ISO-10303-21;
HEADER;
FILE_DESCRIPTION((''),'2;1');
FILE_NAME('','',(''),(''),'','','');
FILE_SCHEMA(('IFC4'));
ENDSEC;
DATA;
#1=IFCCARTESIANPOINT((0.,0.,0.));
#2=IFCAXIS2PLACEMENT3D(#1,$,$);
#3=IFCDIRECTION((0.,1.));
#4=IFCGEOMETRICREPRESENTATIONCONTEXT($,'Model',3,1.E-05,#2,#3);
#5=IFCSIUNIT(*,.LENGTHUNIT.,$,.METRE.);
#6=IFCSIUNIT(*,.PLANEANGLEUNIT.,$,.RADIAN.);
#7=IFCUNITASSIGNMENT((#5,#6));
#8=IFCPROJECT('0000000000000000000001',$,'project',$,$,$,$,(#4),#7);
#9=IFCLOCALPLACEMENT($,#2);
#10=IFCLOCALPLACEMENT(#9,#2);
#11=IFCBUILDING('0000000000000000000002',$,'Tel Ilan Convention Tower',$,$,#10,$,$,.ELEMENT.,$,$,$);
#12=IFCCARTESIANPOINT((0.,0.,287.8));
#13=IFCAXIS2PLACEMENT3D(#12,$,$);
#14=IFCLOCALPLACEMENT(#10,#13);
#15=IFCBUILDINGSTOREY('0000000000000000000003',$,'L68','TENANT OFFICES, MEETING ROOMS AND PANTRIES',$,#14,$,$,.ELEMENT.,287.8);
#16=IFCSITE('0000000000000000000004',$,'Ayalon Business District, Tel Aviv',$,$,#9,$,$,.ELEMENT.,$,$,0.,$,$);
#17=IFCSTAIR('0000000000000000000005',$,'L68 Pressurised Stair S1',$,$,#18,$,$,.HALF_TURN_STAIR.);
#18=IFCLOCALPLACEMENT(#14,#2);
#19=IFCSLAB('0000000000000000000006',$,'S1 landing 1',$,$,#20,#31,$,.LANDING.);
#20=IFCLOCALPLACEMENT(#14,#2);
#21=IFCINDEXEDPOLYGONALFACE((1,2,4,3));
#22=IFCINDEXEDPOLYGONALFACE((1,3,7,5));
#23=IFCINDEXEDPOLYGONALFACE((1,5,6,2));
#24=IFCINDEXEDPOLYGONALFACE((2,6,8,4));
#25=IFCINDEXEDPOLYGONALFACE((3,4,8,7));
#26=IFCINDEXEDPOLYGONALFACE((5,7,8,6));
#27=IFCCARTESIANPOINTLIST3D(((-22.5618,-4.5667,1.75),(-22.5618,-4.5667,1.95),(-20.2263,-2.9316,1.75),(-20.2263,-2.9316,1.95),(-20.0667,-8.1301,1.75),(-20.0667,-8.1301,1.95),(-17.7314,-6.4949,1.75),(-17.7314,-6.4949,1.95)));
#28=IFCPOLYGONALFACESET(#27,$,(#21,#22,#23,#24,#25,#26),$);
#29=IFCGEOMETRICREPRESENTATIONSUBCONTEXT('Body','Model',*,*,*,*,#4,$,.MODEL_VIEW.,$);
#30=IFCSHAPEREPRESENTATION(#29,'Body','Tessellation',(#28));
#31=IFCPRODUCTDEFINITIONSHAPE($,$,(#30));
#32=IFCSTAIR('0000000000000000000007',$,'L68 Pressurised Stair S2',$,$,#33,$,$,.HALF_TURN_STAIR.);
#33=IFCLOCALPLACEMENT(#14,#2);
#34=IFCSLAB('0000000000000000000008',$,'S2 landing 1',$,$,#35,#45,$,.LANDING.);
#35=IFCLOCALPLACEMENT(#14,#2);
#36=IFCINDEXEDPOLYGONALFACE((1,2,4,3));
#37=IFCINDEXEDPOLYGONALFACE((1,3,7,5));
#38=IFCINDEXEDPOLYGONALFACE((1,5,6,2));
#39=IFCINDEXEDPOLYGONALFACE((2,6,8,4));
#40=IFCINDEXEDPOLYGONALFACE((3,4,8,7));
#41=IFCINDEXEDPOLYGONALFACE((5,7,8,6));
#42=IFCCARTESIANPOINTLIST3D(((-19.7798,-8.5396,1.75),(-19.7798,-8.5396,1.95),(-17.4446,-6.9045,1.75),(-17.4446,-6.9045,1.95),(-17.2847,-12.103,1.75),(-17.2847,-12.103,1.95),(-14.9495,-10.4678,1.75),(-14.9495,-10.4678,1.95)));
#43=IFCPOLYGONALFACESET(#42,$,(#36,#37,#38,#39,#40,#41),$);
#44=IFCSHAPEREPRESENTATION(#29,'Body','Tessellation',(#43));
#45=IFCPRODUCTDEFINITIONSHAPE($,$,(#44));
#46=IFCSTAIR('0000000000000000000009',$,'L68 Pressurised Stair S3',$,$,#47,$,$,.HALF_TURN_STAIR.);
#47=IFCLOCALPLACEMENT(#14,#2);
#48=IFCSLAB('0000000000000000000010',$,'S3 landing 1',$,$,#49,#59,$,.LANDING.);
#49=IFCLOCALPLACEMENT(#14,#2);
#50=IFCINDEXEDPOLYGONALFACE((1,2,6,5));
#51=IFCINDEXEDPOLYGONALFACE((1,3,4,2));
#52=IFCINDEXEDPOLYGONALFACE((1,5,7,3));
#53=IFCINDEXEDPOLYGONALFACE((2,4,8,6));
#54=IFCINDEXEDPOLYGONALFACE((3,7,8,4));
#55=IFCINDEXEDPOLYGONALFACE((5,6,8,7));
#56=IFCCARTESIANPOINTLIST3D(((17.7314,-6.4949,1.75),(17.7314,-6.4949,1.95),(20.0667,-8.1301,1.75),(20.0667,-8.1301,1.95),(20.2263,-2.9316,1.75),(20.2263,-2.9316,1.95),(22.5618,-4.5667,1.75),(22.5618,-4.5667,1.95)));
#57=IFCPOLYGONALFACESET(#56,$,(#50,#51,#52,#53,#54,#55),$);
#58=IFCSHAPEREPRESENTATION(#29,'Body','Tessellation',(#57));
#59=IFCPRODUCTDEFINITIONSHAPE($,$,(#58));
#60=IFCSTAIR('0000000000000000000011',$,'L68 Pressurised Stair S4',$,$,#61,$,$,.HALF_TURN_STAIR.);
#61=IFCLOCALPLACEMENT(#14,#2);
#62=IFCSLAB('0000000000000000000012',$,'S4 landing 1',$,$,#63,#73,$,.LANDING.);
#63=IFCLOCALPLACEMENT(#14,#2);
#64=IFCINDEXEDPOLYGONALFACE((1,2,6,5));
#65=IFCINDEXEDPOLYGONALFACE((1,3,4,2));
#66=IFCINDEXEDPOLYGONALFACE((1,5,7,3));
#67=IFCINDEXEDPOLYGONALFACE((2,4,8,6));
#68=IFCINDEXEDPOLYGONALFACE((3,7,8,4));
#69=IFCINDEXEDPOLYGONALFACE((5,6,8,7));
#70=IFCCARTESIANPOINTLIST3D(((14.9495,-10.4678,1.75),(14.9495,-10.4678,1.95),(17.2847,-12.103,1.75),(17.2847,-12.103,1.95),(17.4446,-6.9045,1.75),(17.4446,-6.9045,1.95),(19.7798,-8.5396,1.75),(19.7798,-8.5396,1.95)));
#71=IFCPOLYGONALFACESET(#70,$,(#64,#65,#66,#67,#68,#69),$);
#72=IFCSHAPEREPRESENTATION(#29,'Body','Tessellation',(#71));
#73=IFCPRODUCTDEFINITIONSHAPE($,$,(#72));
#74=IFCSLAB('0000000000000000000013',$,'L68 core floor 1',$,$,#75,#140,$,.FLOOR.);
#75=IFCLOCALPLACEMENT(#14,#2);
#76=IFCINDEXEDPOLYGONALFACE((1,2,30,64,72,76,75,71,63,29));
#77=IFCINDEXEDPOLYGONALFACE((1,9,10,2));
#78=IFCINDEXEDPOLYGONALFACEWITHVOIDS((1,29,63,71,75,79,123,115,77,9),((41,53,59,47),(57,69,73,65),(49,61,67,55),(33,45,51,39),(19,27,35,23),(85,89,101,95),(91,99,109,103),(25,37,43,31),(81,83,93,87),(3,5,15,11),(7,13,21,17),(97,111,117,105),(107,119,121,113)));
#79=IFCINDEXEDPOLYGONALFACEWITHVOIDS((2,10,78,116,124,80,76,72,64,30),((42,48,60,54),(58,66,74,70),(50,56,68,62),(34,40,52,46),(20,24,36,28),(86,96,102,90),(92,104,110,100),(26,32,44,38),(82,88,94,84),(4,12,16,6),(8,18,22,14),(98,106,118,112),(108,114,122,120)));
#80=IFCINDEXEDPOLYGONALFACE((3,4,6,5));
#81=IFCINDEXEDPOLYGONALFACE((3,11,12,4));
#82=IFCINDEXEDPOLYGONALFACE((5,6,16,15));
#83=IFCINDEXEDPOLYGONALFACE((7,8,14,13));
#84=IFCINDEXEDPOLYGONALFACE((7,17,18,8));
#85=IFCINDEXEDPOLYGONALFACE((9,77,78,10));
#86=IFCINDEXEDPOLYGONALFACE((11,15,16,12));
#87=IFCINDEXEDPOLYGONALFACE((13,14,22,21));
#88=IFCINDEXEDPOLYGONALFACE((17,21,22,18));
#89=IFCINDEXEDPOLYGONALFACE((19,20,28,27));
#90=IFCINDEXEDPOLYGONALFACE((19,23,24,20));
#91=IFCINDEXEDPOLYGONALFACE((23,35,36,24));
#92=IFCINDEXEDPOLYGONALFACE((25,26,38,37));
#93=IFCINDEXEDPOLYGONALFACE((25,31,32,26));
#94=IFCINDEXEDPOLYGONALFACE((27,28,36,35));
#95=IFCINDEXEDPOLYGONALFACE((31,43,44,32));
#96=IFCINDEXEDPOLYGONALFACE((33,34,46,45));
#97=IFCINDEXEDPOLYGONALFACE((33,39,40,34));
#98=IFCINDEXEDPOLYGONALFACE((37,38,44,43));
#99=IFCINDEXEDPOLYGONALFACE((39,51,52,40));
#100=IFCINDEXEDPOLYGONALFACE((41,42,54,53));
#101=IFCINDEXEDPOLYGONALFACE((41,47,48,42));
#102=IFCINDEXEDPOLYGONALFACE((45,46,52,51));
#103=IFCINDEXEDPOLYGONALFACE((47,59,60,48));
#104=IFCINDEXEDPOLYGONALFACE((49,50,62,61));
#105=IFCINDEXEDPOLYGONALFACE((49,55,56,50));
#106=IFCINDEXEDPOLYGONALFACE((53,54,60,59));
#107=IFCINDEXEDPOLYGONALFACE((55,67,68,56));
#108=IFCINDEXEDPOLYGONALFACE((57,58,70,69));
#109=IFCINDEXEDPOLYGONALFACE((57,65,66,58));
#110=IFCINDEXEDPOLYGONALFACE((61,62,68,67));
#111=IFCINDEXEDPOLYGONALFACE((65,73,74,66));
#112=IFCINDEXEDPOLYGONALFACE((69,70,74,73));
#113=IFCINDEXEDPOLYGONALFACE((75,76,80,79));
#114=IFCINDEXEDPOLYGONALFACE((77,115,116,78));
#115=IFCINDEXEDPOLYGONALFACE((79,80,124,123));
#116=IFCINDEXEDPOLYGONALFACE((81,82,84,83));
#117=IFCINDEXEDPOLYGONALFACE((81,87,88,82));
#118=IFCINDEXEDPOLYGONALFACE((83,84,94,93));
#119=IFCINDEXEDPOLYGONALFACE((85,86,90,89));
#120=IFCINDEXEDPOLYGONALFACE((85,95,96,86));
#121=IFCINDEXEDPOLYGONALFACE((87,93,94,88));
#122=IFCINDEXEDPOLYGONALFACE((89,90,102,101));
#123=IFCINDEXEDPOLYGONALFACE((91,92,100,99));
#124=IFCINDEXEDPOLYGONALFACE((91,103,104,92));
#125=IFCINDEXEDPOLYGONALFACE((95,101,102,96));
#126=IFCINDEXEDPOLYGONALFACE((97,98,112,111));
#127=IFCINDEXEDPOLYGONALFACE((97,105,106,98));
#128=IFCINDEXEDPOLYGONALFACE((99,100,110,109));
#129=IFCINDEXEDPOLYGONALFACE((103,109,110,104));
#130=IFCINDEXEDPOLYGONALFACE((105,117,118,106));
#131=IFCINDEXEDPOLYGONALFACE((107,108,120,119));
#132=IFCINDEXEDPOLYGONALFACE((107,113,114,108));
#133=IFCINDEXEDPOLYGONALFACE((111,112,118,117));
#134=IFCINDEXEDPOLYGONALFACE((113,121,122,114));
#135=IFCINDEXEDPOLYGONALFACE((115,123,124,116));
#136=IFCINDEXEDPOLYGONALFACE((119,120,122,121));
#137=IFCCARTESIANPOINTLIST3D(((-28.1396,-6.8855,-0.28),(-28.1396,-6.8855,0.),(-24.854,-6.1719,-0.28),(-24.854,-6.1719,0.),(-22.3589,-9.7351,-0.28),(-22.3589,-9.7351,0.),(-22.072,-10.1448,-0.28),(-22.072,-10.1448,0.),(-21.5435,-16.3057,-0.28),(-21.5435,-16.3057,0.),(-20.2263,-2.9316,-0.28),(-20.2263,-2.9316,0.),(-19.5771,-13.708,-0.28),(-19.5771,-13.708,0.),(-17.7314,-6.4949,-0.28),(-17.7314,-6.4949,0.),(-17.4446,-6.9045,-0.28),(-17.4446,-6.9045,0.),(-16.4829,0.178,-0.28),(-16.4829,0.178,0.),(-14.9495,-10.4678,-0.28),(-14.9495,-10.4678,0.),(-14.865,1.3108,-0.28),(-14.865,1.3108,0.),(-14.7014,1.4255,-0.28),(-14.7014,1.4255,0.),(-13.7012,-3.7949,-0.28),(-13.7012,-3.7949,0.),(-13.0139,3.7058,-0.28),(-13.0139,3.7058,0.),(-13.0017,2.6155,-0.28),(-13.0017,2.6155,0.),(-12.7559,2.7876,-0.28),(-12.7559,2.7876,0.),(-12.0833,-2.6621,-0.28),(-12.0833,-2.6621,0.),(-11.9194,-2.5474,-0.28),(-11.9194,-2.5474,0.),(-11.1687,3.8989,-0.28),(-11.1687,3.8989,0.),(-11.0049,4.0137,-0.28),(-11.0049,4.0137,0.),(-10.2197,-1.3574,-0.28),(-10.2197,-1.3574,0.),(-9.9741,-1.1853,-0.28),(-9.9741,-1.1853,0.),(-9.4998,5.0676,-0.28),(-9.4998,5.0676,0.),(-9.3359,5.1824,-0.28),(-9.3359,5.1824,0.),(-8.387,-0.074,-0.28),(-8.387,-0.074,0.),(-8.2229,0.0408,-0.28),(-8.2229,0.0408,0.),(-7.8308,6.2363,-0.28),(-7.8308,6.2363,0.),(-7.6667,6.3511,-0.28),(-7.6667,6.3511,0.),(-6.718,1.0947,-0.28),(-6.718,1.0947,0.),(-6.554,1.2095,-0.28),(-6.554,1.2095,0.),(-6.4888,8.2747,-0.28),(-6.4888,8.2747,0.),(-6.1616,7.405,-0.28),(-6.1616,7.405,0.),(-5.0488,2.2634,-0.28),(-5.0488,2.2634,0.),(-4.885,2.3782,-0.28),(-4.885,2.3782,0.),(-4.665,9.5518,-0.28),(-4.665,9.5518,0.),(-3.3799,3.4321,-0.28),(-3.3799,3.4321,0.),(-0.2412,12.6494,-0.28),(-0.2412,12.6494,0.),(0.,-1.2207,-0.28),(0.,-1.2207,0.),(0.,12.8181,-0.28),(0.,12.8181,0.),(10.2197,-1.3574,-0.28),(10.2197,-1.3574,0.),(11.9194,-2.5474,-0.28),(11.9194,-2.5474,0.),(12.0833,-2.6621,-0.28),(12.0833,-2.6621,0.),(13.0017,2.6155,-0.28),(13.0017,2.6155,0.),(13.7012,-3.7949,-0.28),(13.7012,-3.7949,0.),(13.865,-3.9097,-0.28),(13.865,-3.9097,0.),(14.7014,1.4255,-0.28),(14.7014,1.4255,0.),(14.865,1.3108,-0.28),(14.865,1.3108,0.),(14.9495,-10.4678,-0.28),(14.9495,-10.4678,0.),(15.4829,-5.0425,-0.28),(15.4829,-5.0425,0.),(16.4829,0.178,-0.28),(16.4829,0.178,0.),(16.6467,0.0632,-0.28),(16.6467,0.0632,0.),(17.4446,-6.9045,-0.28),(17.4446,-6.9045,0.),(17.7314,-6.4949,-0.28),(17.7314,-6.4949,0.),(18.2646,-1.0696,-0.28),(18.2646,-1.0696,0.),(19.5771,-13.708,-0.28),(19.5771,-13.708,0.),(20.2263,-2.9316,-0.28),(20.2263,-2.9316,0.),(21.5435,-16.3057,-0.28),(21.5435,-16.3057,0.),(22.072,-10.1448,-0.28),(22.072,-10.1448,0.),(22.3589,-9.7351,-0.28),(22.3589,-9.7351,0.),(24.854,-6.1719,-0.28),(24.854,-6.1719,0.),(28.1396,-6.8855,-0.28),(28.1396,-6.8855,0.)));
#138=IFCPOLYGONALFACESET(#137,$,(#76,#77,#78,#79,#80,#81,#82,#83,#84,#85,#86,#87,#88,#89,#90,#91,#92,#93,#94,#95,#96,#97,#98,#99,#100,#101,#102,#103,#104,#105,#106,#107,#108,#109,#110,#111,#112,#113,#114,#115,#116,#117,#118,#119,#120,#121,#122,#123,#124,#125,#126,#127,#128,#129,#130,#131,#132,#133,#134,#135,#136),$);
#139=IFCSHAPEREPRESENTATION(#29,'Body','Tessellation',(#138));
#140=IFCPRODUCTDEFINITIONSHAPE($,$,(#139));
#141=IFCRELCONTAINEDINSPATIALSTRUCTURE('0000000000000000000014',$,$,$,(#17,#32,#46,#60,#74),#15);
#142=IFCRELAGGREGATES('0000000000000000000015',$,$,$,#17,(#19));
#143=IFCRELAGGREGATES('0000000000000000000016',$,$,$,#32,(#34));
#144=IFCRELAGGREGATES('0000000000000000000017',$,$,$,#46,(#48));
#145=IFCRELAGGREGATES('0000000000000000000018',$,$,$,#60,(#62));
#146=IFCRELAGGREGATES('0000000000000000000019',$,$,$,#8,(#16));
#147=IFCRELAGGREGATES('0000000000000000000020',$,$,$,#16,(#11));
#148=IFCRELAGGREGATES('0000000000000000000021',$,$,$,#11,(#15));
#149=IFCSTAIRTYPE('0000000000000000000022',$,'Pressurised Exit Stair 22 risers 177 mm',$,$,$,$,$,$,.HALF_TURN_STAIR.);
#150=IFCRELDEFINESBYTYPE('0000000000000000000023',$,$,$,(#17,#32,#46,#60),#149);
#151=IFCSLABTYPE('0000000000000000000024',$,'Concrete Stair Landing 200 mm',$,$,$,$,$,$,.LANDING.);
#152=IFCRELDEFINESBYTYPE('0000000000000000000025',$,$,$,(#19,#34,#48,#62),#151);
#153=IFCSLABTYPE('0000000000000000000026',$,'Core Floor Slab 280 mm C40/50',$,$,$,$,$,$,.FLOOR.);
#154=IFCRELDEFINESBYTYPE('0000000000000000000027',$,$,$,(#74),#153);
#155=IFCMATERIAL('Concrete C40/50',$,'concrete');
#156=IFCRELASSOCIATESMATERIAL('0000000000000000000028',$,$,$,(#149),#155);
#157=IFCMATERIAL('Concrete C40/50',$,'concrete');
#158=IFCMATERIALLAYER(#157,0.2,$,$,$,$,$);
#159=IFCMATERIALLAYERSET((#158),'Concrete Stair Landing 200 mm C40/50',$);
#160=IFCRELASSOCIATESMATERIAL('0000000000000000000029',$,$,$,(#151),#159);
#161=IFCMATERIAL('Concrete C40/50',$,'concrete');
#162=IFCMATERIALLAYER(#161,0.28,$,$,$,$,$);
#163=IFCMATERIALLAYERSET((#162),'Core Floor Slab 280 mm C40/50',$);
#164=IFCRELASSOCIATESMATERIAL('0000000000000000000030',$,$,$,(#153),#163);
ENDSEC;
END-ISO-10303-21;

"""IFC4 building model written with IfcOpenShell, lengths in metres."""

from ifc_helpers import new_model, si_unit, direction, frame, origin, place, context, subcontext, project, spatial, polyline, outline, extrude, material, layer, layer_set, type_object, element, aggregate, save


model = new_model("IFC4")

# Units and contexts
model_context = context("Model", 3, precision=1e-05, world=origin(), true_north=direction((0.0, 1.0)))
body_context = subcontext(model_context, "Body", "Model", "MODEL_VIEW")
ifc_project = project(units=[si_unit("LENGTHUNIT", "METRE"), si_unit("PLANEANGLEUNIT", "RADIAN")], contexts=[model_context])

# Site, building, storey
site_placement = place(None, origin())
site = spatial("IfcSite", under=ifc_project, at=site_placement, Name="Ayalon Business District, Tel Aviv", CompositionType="ELEMENT", RefElevation=0.0)
building_placement = place(site_placement, origin())
building = spatial("IfcBuilding", under=site, at=building_placement, Name="Tel Ilan Convention Tower", CompositionType="ELEMENT")
storey_placement = place(building_placement, frame((0.0, 0.0, 287.8)))
storey = spatial("IfcBuildingStorey", under=building, at=storey_placement, Name="L68", Description="TENANT OFFICES, MEETING ROOMS AND PANTRIES", CompositionType="ELEMENT", Elevation=287.8)

# Stairs, slabs
ifc_material_1 = material(Name="Concrete C40/50", Category="concrete")
stair_type = type_object("IfcStairType", Name="Pressurised Exit Stair 22 risers 177 mm", PredefinedType="HALF_TURN_STAIR", material=ifc_material_1)
stair_1_placement = place(storey_placement, origin())
stair_1 = element("IfcStair", 1, at=stair_1_placement, inside=storey, type_object=stair_type, Name="L68 Pressurised Stair S1", PredefinedType="HALF_TURN_STAIR")
ifc_material_2 = material(Name="Concrete C40/50", Category="concrete")
ifc_layer_1 = layer(ifc_material_2, 0.2)
ifc_layer_set_1 = layer_set([ifc_layer_1], Name="Concrete Stair Landing 200 mm C40/50")
slab_type_1 = type_object("IfcSlabType", Name="Concrete Stair Landing 200 mm", PredefinedType="LANDING", material=ifc_layer_set_1)
slab_1_placement = place(storey_placement, frame((0.0, 0.0, 1.75)))
slab_1 = element("IfcSlab", 2, at=slab_1_placement, type_object=slab_type_1, Name="S1 landing 1", PredefinedType="LANDING", context=body_context, shape_type="SweptSolid", body=[
    extrude(outline(polyline([(-20.0667, -8.1301), (-17.7314, -6.4949), (-20.2263, -2.9316), (-22.5618, -4.5667), (-20.0667, -8.1301)])), origin(), (0.0, 0.0, 1.0), 0.2),
])
aggregate(stair_1, [slab_1])
stair_2_placement = place(storey_placement, origin())
stair_2 = element("IfcStair", 3, at=stair_2_placement, inside=storey, type_object=stair_type, Name="L68 Pressurised Stair S2", PredefinedType="HALF_TURN_STAIR")
slab_2_placement = place(storey_placement, frame((0.0, 0.0, 1.75)))
slab_2 = element("IfcSlab", 4, at=slab_2_placement, type_object=slab_type_1, Name="S2 landing 1", PredefinedType="LANDING", context=body_context, shape_type="SweptSolid", body=[
    extrude(outline(polyline([(-17.2847, -12.103), (-14.9495, -10.4678), (-17.4446, -6.9045), (-19.7798, -8.5396), (-17.2847, -12.103)])), origin(), (0.0, 0.0, 1.0), 0.2),
])
aggregate(stair_2, [slab_2])
stair_3_placement = place(storey_placement, origin())
stair_3 = element("IfcStair", 5, at=stair_3_placement, inside=storey, type_object=stair_type, Name="L68 Pressurised Stair S3", PredefinedType="HALF_TURN_STAIR")
slab_3_placement = place(storey_placement, frame((0.0, 0.0, 1.75)))
slab_3 = element("IfcSlab", 6, at=slab_3_placement, type_object=slab_type_1, Name="S3 landing 1", PredefinedType="LANDING", context=body_context, shape_type="SweptSolid", body=[
    extrude(outline(polyline([(22.5618, -4.5667), (20.2263, -2.9316), (17.7314, -6.4949), (20.0667, -8.1301), (22.5618, -4.5667)])), origin(), (0.0, 0.0, 1.0), 0.2),
])
aggregate(stair_3, [slab_3])
stair_4_placement = place(storey_placement, origin())
stair_4 = element("IfcStair", 7, at=stair_4_placement, inside=storey, type_object=stair_type, Name="L68 Pressurised Stair S4", PredefinedType="HALF_TURN_STAIR")
slab_4_placement = place(storey_placement, frame((0.0, 0.0, 1.75)))
slab_4 = element("IfcSlab", 8, at=slab_4_placement, type_object=slab_type_1, Name="S4 landing 1", PredefinedType="LANDING", context=body_context, shape_type="SweptSolid", body=[
    extrude(outline(polyline([(19.7798, -8.5396), (17.4446, -6.9045), (14.9495, -10.4678), (17.2847, -12.103), (19.7798, -8.5396)])), origin(), (0.0, 0.0, 1.0), 0.2),
])
aggregate(stair_4, [slab_4])

# Slab
ifc_material_3 = material(Name="Concrete C40/50", Category="concrete")
ifc_layer_2 = layer(ifc_material_3, 0.28)
ifc_layer_set_2 = layer_set([ifc_layer_2], Name="Core Floor Slab 280 mm C40/50")
slab_type_2 = type_object("IfcSlabType", Name="Core Floor Slab 280 mm C40/50", PredefinedType="FLOOR", material=ifc_layer_set_2)
slab_5_placement = place(storey_placement, frame((0.0, 0.0, -0.28)))
element("IfcSlab", 9, at=slab_5_placement, inside=storey, type_object=slab_type_2, Name="L68 core floor 1", PredefinedType="FLOOR", context=body_context, shape_type="SweptSolid", body=[
    extrude(outline(polyline([(0.0, 12.8181), (28.1396, -6.8855), (21.5435, -16.3057), (0.0, -1.2207), (-21.5435, -16.3057), (-28.1396, -6.8855), (-13.0139, 3.7058), (-6.4888, 8.2747), (-4.665, 9.5518), (-0.2412, 12.6494), (0.0, 12.8181)]), holes=[polyline([(-17.4446, -6.9045), (-22.072, -10.1448), (-19.5771, -13.708), (-14.9495, -10.4678), (-17.4446, -6.9045)]), polyline([(-17.7314, -6.4949), (-20.2263, -2.9316), (-24.854, -6.1719), (-22.3589, -9.7351), (-17.7314, -6.4949)]), polyline([(-14.865, 1.3108), (-16.4829, 0.178), (-13.7012, -3.7949), (-12.0833, -2.6621), (-14.865, 1.3108)]), polyline([(-14.7014, 1.4255), (-11.9194, -2.5474), (-10.2197, -1.3574), (-13.0017, 2.6155), (-14.7014, 1.4255)]), polyline([(-11.1687, 3.8989), (-12.7559, 2.7876), (-9.9741, -1.1853), (-8.387, -0.074), (-11.1687, 3.8989)]), polyline([(-9.4998, 5.0676), (-11.0049, 4.0137), (-8.2229, 0.0408), (-6.718, 1.0947), (-9.4998, 5.0676)]), polyline([(-9.3359, 5.1824), (-6.554, 1.2095), (-5.0488, 2.2634), (-7.8308, 6.2363), (-9.3359, 5.1824)]), polyline([(17.4446, -6.9045), (14.9495, -10.4678), (19.5771, -13.708), (22.072, -10.1448), (17.4446, -6.9045)]), polyline([(20.2263, -2.9316), (17.7314, -6.4949), (22.3589, -9.7351), (24.854, -6.1719), (20.2263, -2.9316)]), polyline([(15.4829, -5.0425), (18.2646, -1.0696), (16.6467, 0.0632), (13.865, -3.9097), (15.4829, -5.0425)]), polyline([(13.7012, -3.7949), (16.4829, 0.178), (14.865, 1.3108), (12.0833, -2.6621), (13.7012, -3.7949)]), polyline([(11.9194, -2.5474), (14.7014, 1.4255), (13.0017, 2.6155), (10.2197, -1.3574), (11.9194, -2.5474)]), polyline([(-6.1616, 7.405), (-7.6667, 6.3511), (-4.885, 2.3782), (-3.3799, 3.4321), (-6.1616, 7.405)])]), origin(), (0.0, 0.0, 1.0), 0.28),
])

save(model, "model.ifc")
